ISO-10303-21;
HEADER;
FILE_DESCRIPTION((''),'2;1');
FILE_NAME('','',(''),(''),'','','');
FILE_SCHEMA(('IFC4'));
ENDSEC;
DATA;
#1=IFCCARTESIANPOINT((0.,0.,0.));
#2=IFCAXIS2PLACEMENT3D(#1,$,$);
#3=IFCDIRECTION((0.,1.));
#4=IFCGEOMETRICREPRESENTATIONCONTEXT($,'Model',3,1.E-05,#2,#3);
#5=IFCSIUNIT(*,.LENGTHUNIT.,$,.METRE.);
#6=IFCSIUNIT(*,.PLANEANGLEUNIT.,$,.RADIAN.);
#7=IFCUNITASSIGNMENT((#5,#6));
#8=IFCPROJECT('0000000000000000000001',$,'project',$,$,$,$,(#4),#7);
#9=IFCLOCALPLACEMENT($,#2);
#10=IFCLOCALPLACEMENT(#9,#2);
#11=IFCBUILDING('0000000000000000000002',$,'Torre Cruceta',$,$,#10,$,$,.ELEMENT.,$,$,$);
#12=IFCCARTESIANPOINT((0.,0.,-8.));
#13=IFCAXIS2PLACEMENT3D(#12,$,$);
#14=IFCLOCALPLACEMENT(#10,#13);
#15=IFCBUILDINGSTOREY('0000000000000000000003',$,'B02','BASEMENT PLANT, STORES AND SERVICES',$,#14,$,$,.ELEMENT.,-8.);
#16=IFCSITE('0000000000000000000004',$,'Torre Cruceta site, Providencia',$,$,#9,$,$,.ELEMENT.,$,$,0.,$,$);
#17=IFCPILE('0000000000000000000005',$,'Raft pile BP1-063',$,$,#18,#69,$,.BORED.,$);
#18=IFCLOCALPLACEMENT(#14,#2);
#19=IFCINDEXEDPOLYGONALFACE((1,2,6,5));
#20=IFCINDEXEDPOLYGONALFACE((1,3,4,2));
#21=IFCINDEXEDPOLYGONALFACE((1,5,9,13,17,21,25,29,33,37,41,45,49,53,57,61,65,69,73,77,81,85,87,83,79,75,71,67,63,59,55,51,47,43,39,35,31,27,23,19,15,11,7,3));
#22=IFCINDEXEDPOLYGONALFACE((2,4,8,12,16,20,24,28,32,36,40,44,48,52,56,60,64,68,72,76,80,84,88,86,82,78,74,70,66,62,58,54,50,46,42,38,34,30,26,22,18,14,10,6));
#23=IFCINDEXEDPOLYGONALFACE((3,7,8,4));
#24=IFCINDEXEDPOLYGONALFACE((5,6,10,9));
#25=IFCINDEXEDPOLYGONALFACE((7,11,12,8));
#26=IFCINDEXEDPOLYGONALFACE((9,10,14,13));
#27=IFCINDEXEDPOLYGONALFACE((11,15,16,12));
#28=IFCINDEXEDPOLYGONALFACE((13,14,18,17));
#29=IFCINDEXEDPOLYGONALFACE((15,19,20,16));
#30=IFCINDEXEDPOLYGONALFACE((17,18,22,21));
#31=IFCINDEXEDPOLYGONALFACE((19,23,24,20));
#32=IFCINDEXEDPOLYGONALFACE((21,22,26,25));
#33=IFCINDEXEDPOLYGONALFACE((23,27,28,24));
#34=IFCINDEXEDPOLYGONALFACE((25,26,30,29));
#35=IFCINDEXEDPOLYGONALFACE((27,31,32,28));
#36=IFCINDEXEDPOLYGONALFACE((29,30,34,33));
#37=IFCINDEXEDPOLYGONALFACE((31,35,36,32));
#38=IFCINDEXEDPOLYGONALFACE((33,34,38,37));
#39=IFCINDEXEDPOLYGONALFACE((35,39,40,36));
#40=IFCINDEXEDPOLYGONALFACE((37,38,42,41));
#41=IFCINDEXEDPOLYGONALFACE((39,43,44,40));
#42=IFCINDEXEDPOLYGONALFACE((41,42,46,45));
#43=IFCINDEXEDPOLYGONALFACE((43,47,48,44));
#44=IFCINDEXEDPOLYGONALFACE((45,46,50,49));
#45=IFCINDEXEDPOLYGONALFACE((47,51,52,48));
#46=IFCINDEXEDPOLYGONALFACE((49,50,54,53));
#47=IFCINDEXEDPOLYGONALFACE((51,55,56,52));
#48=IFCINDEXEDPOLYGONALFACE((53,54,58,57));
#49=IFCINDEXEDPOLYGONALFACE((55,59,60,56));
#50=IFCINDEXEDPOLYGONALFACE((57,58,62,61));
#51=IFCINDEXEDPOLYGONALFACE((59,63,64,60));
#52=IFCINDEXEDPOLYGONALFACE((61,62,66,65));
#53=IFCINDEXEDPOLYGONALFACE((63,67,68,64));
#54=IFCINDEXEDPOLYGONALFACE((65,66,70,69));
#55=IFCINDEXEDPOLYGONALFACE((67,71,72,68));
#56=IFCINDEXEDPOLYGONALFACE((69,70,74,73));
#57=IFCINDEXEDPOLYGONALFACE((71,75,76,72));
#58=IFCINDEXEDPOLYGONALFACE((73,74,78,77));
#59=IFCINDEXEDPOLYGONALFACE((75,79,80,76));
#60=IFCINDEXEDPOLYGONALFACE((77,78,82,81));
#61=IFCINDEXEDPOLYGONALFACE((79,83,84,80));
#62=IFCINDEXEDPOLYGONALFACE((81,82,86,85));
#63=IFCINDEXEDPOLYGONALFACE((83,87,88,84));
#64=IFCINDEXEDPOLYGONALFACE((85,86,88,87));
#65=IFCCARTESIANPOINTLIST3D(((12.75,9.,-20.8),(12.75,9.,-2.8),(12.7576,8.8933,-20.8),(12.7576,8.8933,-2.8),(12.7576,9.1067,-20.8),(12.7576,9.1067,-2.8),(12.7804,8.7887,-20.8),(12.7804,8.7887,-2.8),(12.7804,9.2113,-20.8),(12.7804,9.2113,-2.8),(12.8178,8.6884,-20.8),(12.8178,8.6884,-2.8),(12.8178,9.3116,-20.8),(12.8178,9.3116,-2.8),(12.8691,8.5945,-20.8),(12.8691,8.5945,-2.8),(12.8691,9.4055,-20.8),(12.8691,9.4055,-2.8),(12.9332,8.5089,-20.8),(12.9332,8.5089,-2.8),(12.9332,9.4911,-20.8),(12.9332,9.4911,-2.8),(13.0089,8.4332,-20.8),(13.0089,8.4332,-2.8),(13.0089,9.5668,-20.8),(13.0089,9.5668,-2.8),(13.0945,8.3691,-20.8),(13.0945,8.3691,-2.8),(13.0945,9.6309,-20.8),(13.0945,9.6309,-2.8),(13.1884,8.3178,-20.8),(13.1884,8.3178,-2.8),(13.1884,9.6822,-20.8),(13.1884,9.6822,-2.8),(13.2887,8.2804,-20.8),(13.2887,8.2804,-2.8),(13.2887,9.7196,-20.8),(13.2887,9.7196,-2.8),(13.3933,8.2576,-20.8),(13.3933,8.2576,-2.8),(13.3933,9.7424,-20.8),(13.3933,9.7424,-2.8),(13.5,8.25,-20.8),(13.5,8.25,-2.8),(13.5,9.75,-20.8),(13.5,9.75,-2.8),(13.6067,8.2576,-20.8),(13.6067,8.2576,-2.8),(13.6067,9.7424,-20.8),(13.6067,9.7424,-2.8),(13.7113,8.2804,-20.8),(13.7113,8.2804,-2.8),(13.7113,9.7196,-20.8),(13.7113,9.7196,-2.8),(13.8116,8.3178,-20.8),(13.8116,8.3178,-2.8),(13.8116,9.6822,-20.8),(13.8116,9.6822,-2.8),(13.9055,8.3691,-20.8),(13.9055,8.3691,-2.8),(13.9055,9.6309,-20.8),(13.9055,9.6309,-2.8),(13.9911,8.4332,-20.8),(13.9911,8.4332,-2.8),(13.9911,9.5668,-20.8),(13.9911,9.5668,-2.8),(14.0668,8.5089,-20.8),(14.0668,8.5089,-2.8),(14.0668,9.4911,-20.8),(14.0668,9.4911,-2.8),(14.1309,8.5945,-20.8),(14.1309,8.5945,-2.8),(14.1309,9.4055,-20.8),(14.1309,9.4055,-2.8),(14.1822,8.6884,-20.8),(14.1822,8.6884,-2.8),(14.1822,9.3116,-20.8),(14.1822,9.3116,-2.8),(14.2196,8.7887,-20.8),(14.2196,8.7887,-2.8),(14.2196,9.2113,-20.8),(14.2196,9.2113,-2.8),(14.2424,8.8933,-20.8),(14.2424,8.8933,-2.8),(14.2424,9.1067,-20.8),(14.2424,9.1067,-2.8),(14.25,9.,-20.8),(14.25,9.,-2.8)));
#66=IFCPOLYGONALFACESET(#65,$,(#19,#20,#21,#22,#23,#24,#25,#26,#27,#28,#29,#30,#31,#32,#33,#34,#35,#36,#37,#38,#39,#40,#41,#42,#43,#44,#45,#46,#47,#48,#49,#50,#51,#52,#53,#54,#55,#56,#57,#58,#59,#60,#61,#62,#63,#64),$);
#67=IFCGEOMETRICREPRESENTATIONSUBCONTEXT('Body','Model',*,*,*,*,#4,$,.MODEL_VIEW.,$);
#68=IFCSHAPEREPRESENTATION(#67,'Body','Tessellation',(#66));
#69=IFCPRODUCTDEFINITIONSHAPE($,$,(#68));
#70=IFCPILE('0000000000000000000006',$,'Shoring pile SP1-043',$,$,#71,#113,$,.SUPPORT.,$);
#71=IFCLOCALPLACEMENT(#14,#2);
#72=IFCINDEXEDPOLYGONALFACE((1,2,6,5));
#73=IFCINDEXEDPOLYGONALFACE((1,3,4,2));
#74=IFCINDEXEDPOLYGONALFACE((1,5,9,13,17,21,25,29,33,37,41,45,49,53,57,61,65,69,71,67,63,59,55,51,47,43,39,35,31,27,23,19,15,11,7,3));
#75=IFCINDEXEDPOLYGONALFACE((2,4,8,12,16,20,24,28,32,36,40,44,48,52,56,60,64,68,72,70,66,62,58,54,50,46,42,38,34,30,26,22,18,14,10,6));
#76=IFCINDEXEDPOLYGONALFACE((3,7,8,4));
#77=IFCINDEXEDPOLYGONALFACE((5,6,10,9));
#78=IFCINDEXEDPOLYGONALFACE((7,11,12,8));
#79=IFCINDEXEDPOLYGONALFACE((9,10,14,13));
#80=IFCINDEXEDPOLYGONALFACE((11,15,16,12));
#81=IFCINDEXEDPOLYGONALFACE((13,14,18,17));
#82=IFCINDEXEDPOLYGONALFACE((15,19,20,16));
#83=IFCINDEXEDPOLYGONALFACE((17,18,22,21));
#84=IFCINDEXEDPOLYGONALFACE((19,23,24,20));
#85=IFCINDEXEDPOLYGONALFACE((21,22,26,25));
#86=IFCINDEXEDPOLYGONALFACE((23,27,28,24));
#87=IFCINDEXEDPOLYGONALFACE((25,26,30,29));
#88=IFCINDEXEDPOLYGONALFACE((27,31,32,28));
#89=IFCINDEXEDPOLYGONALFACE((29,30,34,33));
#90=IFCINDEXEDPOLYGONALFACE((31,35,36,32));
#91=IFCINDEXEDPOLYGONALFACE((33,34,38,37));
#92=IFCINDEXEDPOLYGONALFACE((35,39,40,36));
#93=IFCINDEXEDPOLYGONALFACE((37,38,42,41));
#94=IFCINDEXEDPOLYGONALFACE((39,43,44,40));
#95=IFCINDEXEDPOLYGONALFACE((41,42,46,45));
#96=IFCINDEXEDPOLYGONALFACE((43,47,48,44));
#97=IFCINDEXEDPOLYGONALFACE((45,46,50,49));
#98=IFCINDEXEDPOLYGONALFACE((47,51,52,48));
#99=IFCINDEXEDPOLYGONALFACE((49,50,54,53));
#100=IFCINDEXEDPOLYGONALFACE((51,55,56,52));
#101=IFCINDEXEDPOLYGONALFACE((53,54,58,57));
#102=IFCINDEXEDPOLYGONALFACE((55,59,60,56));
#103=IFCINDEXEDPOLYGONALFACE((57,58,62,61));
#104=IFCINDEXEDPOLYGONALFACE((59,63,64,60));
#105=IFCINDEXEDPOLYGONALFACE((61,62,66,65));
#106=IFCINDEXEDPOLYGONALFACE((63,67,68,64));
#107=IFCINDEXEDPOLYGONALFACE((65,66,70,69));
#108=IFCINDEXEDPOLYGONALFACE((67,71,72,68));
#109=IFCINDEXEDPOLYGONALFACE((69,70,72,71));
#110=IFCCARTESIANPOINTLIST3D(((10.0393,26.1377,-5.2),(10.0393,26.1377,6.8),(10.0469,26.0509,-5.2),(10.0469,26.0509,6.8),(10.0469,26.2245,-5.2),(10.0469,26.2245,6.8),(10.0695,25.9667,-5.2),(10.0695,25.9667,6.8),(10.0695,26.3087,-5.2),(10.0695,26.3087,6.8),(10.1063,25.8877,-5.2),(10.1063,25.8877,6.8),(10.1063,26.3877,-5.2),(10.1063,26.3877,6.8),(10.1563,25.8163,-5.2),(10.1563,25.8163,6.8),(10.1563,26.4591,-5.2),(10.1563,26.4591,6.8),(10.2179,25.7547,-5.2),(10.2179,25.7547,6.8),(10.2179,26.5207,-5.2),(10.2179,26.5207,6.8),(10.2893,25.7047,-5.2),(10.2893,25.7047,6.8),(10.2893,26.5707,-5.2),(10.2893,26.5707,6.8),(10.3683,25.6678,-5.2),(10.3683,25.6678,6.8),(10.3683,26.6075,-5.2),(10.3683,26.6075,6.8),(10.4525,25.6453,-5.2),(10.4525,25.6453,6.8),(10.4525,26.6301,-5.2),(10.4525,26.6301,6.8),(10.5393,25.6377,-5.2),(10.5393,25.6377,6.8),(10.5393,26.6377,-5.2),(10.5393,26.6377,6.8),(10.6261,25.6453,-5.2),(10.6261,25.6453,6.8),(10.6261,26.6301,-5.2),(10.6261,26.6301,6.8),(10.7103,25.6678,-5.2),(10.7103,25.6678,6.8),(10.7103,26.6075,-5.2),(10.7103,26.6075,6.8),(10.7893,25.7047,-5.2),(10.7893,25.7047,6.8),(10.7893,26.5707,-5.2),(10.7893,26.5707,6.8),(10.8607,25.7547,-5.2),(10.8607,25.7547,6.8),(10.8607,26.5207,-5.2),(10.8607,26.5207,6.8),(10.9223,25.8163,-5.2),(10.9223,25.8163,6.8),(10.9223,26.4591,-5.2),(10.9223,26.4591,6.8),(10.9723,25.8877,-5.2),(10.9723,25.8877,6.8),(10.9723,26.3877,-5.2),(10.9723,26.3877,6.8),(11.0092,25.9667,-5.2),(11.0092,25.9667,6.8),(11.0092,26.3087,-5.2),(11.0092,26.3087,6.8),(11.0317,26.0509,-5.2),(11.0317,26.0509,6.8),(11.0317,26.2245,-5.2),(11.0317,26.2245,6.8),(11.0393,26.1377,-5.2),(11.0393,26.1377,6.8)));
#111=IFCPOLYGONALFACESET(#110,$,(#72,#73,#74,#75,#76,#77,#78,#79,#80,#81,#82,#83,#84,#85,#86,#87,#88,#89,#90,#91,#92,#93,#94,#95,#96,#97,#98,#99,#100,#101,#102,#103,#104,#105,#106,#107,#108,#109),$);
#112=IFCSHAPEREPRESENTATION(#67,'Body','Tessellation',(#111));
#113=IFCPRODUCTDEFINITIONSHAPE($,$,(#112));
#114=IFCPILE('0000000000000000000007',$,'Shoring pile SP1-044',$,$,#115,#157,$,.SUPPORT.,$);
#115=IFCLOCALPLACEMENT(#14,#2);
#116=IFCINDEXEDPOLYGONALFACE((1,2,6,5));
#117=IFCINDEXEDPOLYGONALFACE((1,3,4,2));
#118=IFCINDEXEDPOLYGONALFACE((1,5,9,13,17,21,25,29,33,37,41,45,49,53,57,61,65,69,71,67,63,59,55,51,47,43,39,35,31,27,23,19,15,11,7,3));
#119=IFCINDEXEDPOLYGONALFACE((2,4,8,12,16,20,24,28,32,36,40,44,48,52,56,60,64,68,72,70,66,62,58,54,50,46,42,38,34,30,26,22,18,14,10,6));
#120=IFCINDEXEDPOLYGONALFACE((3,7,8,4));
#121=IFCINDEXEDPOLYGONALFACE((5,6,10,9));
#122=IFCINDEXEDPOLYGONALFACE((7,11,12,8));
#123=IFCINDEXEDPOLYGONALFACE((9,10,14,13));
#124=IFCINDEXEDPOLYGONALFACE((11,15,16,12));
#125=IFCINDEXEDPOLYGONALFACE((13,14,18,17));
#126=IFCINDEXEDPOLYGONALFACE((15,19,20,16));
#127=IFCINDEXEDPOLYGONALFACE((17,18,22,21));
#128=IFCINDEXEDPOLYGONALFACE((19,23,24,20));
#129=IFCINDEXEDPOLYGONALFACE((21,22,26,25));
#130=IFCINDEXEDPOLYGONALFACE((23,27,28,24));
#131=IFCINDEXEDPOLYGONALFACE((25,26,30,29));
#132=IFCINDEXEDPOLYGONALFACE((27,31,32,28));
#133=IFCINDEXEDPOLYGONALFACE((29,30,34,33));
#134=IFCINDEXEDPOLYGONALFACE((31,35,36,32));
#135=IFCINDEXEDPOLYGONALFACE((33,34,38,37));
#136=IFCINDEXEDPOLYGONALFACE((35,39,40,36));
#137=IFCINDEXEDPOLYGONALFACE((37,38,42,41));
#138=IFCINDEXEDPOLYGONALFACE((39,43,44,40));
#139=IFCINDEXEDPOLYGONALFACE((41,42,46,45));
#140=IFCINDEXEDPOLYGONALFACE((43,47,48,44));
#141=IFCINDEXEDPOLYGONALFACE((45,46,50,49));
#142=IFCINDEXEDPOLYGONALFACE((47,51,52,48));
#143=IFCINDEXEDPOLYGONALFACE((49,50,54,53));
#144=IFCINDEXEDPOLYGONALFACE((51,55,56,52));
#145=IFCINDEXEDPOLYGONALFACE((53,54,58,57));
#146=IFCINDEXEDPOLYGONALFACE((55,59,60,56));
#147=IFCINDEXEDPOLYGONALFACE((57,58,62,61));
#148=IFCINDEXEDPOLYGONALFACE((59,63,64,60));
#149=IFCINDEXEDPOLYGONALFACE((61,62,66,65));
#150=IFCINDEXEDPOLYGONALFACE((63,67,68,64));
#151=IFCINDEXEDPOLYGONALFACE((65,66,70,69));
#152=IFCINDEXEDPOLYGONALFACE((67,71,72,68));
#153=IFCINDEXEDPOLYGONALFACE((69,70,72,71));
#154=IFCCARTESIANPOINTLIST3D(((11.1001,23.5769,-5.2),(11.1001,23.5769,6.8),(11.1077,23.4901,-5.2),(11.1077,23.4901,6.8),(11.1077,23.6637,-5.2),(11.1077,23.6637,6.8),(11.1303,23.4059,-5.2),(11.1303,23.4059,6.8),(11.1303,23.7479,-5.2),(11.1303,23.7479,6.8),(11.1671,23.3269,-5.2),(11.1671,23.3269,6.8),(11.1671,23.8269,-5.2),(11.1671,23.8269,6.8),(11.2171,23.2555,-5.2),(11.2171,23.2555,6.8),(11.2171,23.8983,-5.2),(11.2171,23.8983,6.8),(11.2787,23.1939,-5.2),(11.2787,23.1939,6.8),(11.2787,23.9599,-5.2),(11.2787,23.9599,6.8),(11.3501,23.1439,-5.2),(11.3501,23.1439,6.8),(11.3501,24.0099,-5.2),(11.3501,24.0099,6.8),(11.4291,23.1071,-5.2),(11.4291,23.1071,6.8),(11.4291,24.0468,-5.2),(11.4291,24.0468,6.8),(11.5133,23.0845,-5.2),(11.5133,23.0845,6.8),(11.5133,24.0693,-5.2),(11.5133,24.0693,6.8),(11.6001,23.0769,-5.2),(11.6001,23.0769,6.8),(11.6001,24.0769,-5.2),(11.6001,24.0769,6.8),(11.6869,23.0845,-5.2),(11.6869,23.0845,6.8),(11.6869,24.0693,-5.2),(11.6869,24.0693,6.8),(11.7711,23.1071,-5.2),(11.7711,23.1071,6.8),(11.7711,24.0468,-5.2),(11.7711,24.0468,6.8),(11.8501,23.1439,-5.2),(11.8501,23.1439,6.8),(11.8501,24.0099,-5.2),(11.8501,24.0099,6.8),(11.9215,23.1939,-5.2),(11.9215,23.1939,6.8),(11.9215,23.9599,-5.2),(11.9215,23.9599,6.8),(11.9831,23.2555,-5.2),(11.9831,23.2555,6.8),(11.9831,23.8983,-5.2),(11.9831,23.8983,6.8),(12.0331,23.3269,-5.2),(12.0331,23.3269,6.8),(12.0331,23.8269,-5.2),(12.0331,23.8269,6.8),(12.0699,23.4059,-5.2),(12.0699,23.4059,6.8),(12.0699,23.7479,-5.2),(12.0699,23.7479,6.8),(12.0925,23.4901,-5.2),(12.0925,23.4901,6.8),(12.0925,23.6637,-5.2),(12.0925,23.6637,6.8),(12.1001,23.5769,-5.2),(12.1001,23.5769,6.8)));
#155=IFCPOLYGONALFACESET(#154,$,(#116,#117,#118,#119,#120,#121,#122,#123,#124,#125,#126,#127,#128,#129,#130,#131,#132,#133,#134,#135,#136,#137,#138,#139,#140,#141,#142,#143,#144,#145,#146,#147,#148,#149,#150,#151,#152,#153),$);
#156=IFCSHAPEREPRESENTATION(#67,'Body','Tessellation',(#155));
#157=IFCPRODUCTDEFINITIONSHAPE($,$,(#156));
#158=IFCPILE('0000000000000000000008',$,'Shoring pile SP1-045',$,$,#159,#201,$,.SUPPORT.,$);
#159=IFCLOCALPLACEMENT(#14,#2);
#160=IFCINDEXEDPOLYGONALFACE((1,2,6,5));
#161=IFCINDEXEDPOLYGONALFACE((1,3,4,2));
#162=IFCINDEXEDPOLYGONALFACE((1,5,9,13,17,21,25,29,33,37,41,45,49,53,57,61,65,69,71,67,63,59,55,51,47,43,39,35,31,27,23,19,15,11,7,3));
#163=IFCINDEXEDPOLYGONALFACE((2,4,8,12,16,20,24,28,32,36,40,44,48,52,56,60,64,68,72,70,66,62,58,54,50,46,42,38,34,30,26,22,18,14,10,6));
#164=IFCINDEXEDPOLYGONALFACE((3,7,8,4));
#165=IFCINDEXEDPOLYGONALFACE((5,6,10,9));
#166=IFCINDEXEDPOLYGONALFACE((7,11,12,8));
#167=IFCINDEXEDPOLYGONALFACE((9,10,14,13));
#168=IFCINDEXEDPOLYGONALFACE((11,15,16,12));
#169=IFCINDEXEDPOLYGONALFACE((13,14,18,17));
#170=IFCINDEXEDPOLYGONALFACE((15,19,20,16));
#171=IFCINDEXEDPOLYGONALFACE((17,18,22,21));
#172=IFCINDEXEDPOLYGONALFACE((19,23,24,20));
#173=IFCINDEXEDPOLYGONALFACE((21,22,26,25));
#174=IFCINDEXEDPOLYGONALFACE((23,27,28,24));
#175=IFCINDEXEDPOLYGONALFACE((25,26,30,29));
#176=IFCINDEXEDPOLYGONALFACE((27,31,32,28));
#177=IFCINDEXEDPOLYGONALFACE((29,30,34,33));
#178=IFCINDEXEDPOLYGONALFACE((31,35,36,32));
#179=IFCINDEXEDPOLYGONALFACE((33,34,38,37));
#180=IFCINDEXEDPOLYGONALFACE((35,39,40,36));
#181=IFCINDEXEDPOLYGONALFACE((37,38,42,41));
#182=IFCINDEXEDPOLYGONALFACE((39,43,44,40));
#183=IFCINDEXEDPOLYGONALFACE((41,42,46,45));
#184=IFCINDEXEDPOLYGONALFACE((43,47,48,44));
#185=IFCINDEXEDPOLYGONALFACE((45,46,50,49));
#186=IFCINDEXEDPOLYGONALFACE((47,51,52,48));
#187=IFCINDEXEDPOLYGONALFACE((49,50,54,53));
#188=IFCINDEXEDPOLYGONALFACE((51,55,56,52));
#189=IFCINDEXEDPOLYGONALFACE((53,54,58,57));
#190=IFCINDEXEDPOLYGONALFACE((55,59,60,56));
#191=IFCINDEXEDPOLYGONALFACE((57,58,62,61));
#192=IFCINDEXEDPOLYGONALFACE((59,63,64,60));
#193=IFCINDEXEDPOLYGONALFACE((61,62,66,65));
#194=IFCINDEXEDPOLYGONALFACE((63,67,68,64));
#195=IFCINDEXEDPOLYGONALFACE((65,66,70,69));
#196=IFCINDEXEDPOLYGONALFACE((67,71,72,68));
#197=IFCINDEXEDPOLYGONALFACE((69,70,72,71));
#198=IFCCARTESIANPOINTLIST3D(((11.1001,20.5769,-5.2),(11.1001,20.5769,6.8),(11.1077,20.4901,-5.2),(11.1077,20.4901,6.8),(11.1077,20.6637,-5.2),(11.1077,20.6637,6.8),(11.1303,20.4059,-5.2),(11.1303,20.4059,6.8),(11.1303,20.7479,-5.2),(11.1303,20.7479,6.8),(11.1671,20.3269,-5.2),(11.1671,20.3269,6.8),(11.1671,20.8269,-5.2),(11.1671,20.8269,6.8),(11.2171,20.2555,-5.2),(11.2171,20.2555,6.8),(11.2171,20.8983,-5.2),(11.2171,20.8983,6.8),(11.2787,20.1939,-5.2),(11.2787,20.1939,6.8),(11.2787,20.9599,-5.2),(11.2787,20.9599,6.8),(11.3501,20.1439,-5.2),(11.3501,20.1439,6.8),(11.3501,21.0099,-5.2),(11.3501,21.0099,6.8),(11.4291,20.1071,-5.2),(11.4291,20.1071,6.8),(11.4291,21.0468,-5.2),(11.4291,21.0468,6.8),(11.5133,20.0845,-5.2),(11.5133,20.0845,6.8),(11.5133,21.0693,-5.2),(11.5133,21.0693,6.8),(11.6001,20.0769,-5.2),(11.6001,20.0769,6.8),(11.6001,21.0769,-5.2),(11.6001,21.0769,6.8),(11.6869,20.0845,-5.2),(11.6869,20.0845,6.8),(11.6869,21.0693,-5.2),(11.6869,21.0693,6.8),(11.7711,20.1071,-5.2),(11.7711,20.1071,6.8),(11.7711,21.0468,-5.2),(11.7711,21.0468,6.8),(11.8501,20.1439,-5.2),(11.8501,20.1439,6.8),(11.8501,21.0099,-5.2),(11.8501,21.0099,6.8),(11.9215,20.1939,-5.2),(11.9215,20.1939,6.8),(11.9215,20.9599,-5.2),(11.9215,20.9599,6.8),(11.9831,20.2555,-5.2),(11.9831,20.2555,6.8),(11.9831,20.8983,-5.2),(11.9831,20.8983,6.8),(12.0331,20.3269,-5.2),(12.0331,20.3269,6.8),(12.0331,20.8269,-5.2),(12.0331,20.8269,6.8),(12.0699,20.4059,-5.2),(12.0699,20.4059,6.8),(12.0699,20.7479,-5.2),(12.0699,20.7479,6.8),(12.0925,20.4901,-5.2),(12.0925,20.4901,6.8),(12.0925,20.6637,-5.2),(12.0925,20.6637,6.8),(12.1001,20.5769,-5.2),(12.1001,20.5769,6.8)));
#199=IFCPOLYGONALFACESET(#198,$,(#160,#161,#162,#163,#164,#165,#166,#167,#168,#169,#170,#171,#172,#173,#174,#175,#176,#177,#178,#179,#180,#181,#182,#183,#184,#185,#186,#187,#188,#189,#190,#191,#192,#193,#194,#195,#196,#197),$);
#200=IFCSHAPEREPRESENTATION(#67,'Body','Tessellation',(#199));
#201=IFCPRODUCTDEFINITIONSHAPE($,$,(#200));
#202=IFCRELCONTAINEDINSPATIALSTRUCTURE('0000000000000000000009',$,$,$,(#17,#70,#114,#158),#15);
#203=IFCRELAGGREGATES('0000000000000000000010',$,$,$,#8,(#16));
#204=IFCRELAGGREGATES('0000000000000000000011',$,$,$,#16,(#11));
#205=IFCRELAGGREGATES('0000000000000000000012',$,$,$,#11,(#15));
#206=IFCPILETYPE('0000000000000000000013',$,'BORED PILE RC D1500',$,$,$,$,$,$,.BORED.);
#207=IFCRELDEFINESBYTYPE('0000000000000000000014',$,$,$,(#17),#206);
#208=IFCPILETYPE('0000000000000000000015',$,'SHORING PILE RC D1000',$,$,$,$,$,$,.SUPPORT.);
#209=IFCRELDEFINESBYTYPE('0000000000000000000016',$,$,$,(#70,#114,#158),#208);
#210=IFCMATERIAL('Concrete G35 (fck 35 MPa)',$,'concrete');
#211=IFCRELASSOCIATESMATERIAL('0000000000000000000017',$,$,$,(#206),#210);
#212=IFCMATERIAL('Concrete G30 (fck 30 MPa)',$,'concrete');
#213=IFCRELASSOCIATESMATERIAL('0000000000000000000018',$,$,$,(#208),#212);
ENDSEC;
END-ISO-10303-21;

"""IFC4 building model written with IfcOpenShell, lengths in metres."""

from ifc_helpers import new_model, si_unit, direction, frame, origin, origin_2d, place, context, subcontext, project, spatial, circle, extrude, material, material_profile, profile_set, type_object, element, save


model = new_model("IFC4")

# Units and contexts
model_context = context("Model", 3, precision=1e-05, world=origin(), true_north=direction((0.0, 1.0)))
body_context = subcontext(model_context, "Body", "Model", "MODEL_VIEW")
ifc_project = project(units=[si_unit("LENGTHUNIT", "METRE"), si_unit("PLANEANGLEUNIT", "RADIAN")], contexts=[model_context])

# Site, building, storey
site_placement = place(None, origin())
site = spatial("IfcSite", under=ifc_project, at=site_placement, Name="Torre Cruceta site, Providencia", CompositionType="ELEMENT", RefElevation=0.0)
building_placement = place(site_placement, origin())
building = spatial("IfcBuilding", under=site, at=building_placement, Name="Torre Cruceta", CompositionType="ELEMENT")
storey_placement = place(building_placement, frame((0.0, 0.0, -8.0)))
storey = spatial("IfcBuildingStorey", under=building, at=storey_placement, Name="B02", Description="BASEMENT PLANT, STORES AND SERVICES", CompositionType="ELEMENT", Elevation=-8.0)

# Piles
ifc_material_1 = material(Name="Concrete G35 (fck 35 MPa)", Category="concrete")
ifc_material_profile_1 = material_profile(ifc_material_1, circle(Radius=0.75, at=origin_2d()), Name="RC D1500")
ifc_profile_set_1 = profile_set([ifc_material_profile_1], Name="Concrete G35 (fck 35 MPa)")
pile_type_1 = type_object("IfcPileType", Name="BORED PILE RC D1500", PredefinedType="BORED", material=ifc_profile_set_1)
pile_placement = place(storey_placement, frame((13.5, 9.0, -2.8), z_axis=(0.0, 0.0, -1.0), x_axis=(1.0, 0.0, 0.0)))
element("IfcPile", 1, at=pile_placement, inside=storey, type_object=pile_type_1, Name="Raft pile BP1-063", PredefinedType="BORED", context=body_context, shape_type="SweptSolid", body=[
    extrude(circle(Radius=0.75, at=origin_2d()), origin(), (0.0, 0.0, 1.0), 18.0),
])
ifc_material_2 = material(Name="Concrete G30 (fck 30 MPa)", Category="concrete")
ifc_material_profile_2 = material_profile(ifc_material_2, circle(Radius=0.5, at=origin_2d()), Name="RC D1000")
ifc_profile_set_2 = profile_set([ifc_material_profile_2], Name="Concrete G30 (fck 30 MPa)")
pile_type_2 = type_object("IfcPileType", Name="SHORING PILE RC D1000", PredefinedType="SUPPORT", material=ifc_profile_set_2)
for number, where, z_axis, x_axis, name in (
    (2, (10.5393, 26.1377, 6.8), (0.0, 0.0, -1.0), (1.0, 0.0, 0.0), "Shoring pile SP1-043"),
    (3, (11.6001, 23.5769, 6.8), (0.0, 0.0, -1.0), (1.0, 0.0, 0.0), "Shoring pile SP1-044"),
    (4, (11.6001, 20.5769, 6.8), (0.0, 0.0, -1.0), (1.0, 0.0, 0.0), "Shoring pile SP1-045"),
):
    element("IfcPile", number, at=place(storey_placement, frame(where, z_axis=z_axis, x_axis=x_axis)), inside=storey, type_object=pile_type_2, Name=name, PredefinedType="SUPPORT", context=body_context, shape_type="SweptSolid", body=[
        extrude(circle(Radius=0.5, at=origin_2d()), origin(), (0.0, 0.0, 1.0), 12.0),
    ])

save(model, "model.ifc")
